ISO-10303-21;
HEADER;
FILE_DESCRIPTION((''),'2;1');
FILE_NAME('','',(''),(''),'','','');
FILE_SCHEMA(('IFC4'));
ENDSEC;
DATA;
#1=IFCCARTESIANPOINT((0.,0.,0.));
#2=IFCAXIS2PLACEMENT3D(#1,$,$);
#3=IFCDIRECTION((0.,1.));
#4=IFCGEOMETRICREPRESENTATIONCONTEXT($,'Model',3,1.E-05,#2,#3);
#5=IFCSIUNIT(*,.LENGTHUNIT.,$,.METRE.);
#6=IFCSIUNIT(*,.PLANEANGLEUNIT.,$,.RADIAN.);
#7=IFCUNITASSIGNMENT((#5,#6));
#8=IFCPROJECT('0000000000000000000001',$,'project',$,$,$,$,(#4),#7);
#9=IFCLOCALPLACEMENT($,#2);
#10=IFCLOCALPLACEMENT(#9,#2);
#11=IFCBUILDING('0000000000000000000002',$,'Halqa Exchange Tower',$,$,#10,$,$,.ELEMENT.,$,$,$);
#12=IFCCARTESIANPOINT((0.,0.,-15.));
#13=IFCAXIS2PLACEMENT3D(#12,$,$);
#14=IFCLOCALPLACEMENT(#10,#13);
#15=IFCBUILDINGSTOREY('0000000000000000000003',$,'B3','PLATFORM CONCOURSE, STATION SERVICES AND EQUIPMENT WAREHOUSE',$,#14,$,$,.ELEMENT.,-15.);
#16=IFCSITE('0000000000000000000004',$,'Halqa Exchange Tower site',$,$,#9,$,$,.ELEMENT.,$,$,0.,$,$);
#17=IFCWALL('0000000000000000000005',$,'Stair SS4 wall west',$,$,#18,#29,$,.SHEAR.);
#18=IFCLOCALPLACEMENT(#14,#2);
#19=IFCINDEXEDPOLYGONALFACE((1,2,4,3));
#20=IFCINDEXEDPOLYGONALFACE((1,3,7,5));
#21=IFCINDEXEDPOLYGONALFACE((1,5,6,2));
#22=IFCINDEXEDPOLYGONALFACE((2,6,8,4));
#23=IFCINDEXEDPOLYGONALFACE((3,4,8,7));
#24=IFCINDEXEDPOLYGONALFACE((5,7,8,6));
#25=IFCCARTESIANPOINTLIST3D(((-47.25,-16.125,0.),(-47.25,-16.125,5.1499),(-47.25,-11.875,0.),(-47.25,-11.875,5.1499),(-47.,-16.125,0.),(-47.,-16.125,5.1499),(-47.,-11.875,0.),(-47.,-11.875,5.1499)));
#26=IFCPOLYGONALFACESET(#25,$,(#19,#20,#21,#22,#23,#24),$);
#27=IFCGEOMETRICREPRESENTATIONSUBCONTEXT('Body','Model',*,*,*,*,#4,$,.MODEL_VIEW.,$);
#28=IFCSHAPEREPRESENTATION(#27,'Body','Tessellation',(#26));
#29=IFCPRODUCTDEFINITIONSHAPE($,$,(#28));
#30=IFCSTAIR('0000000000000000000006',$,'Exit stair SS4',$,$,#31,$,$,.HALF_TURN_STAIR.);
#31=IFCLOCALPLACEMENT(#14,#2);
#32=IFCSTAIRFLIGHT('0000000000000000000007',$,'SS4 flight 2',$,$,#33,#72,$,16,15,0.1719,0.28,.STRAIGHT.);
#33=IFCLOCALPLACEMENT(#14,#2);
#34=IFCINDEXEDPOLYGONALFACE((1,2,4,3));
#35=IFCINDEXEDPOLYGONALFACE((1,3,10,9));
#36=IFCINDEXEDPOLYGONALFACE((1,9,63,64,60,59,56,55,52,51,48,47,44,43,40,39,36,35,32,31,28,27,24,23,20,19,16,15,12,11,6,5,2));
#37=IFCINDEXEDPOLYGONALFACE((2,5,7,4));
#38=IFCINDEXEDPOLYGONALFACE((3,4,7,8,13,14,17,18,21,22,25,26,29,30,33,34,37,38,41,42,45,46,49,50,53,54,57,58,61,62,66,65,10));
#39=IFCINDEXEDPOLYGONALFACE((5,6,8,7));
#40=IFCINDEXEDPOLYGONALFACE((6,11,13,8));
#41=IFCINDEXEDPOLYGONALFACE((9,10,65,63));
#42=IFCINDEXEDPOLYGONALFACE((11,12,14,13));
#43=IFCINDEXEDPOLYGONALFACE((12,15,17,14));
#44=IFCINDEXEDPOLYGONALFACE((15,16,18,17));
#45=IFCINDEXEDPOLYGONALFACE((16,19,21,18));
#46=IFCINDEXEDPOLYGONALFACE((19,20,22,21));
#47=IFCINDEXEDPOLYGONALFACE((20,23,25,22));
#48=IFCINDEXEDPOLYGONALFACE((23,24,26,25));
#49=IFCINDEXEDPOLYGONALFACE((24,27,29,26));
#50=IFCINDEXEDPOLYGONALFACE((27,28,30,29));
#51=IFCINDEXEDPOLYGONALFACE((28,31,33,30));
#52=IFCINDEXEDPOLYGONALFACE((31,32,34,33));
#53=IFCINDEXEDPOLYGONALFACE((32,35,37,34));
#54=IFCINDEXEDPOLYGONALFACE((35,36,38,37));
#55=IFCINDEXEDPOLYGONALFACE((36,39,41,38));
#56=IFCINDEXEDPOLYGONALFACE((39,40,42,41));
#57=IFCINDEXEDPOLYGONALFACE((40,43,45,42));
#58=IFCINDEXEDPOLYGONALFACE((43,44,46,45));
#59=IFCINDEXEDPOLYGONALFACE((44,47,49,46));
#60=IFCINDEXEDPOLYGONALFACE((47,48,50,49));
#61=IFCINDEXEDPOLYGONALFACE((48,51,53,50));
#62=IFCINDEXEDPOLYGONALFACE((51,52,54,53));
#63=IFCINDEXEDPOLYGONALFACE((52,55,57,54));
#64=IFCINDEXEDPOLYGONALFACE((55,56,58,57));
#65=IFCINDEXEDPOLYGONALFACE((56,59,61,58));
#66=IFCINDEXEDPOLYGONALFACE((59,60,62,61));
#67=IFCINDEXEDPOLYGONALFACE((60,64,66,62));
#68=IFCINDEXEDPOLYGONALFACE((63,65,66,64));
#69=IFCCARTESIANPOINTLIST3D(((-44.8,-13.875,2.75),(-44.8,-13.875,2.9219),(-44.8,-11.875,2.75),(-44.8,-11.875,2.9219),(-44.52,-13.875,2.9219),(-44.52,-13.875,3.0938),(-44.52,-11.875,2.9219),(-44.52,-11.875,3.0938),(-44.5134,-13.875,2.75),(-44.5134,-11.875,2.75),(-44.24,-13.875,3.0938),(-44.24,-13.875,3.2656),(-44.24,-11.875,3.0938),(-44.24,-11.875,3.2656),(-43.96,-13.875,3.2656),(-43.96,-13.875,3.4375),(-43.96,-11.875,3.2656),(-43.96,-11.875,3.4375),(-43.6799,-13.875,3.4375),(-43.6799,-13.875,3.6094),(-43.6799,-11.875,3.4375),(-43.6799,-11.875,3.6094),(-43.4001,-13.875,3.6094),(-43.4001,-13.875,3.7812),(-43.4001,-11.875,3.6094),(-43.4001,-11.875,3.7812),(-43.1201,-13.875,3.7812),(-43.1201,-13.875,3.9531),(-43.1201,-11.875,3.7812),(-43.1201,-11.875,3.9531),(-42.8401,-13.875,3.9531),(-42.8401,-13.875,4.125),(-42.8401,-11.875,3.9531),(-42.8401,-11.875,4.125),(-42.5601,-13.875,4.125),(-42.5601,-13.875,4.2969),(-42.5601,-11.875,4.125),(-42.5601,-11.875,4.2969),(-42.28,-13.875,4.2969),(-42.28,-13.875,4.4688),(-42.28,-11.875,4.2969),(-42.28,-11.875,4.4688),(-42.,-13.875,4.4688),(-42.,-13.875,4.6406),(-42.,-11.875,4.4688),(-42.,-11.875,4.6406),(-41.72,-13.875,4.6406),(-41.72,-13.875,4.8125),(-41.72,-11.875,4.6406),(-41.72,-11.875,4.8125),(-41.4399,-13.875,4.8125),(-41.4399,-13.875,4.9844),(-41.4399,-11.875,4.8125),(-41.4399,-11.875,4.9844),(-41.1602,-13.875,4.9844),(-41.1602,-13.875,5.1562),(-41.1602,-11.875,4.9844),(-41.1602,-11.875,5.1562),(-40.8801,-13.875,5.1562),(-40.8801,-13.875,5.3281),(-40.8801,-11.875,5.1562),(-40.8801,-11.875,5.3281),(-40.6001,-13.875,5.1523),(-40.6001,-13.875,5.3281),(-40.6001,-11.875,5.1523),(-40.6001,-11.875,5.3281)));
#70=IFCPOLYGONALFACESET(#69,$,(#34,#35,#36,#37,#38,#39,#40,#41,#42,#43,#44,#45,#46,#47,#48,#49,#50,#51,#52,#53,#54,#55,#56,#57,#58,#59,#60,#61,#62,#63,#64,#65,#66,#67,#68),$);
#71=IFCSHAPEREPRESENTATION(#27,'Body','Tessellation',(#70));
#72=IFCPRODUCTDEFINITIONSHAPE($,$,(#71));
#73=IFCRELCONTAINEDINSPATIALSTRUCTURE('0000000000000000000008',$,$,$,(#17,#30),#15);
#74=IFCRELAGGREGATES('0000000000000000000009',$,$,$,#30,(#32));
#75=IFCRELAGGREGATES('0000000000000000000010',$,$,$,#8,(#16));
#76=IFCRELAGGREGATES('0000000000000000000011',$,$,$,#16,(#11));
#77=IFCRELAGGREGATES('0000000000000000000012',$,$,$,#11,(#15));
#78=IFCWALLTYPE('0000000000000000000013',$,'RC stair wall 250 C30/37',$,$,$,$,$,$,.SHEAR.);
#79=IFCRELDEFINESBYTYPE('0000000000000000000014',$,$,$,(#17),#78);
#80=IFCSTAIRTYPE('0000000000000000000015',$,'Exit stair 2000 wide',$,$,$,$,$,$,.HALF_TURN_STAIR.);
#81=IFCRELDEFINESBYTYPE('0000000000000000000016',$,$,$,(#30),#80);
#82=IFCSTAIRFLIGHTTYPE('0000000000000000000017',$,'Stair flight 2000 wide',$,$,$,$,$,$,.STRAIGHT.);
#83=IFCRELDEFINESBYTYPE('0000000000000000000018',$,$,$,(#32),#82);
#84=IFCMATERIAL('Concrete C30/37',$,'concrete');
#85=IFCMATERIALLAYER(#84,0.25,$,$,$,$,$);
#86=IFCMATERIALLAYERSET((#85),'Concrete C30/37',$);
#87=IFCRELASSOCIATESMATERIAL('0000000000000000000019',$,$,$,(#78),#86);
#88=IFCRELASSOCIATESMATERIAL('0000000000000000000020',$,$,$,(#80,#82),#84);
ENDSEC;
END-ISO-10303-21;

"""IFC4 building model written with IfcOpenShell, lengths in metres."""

from ifc_helpers import new_model, si_unit, direction, frame, frame_2d, origin, place, context, subcontext, project, spatial, polyline, rectangle, outline, extrude, material, layer, layer_set, type_object, element, aggregate, save


model = new_model("IFC4")

# Units and contexts
model_context = context("Model", 3, precision=1e-05, world=origin(), true_north=direction((0.0, 1.0)))
body_context = subcontext(model_context, "Body", "Model", "MODEL_VIEW")
ifc_project = project(units=[si_unit("LENGTHUNIT", "METRE"), si_unit("PLANEANGLEUNIT", "RADIAN")], contexts=[model_context])

# Site, building, storey
site_placement = place(None, origin())
site = spatial("IfcSite", under=ifc_project, at=site_placement, Name="Halqa Exchange Tower site", CompositionType="ELEMENT", RefElevation=0.0)
building_placement = place(site_placement, origin())
building = spatial("IfcBuilding", under=site, at=building_placement, Name="Halqa Exchange Tower", CompositionType="ELEMENT")
storey_placement = place(building_placement, frame((0.0, 0.0, -15.0)))
storey = spatial("IfcBuildingStorey", under=building, at=storey_placement, Name="B3", Description="PLATFORM CONCOURSE, STATION SERVICES AND EQUIPMENT WAREHOUSE", CompositionType="ELEMENT", Elevation=-15.0)

# Wall
ifc_material_1 = material(Name="Concrete C30/37", Category="concrete")
ifc_layer_1 = layer(ifc_material_1, 0.25)
ifc_layer_set_1 = layer_set([ifc_layer_1], Name="Concrete C30/37")
wall_type_1 = type_object("IfcWallType", Name="RC stair wall 250 C30/37", PredefinedType="SHEAR", material=ifc_layer_set_1)
wall_1_placement = place(storey_placement, frame((-47.125, -16.125, 0.0), z_axis=(0.0, 0.0, 1.0), x_axis=(0.0, 1.0, 0.0)))
element("IfcWall", 1, at=wall_1_placement, inside=storey, type_object=wall_type_1, Name="Stair SS4 wall west", PredefinedType="SHEAR", context=body_context, shape_type="SweptSolid", body=[
    extrude(rectangle(XDim=4.25, YDim=0.25, at=frame_2d((2.125, 0.0))), origin(), (0.0, 0.0, 1.0), 5.1499),
])

# Stair, stair flight
stair_type = type_object("IfcStairType", Name="Exit stair 2000 wide", PredefinedType="HALF_TURN_STAIR", material=ifc_material_1)
stair_placement = place(storey_placement, origin())
stair = element("IfcStair", 2, at=stair_placement, inside=storey, type_object=stair_type, Name="Exit stair SS4", PredefinedType="HALF_TURN_STAIR")
stair_flight_type = type_object("IfcStairFlightType", Name="Stair flight 2000 wide", PredefinedType="STRAIGHT", material=ifc_material_1)
stair_flight_placement = place(storey_placement, frame((-44.8, -12.875, 2.75), z_axis=(0.0, 0.0, 1.0), x_axis=(1.0, 0.0, 0.0)))
stair_flight = element("IfcStairFlight", 3, at=stair_flight_placement, type_object=stair_flight_type, Name="SS4 flight 2", NumberOfRisers=16, NumberOfTreads=15, PredefinedType="STRAIGHT", RiserHeight=0.1719, TreadLength=0.28, context=body_context, shape_type="SweptSolid", body=[
    extrude(outline(polyline([(0.0, 0.0), (0.0, 0.1719), (0.28, 0.1719), (0.28, 0.3438), (0.5601, 0.3438), (0.5601, 0.5156), (0.8401, 0.5156), (0.8401, 0.6875), (1.1201, 0.6875), (1.1201, 0.8594), (1.3999, 0.8594), (1.3999, 1.0312), (1.6799, 1.0312), (1.6799, 1.2031), (1.96, 1.2031), (1.96, 1.375), (2.24, 1.375), (2.24, 1.5469), (2.52, 1.5469), (2.52, 1.7188), (2.8, 1.7188), (2.8, 1.8906), (3.0801, 1.8906), (3.0801, 2.0625), (3.3601, 2.0625), (3.3601, 2.2344), (3.6399, 2.2344), (3.6399, 2.4062), (3.9199, 2.4062), (3.9199, 2.5781), (4.2, 2.5781), (4.2, 2.75), (4.2, 2.4023), (0.2866, 0.0), (0.0, 0.0)])), frame((0.0, 1.0, 0.0), z_axis=(0.0, -1.0, 0.0), x_axis=(1.0, 0.0, 0.0)), (0.0, 0.0, 1.0), 2.0),
])
aggregate(stair, [stair_flight])

save(model, "model.ifc")
